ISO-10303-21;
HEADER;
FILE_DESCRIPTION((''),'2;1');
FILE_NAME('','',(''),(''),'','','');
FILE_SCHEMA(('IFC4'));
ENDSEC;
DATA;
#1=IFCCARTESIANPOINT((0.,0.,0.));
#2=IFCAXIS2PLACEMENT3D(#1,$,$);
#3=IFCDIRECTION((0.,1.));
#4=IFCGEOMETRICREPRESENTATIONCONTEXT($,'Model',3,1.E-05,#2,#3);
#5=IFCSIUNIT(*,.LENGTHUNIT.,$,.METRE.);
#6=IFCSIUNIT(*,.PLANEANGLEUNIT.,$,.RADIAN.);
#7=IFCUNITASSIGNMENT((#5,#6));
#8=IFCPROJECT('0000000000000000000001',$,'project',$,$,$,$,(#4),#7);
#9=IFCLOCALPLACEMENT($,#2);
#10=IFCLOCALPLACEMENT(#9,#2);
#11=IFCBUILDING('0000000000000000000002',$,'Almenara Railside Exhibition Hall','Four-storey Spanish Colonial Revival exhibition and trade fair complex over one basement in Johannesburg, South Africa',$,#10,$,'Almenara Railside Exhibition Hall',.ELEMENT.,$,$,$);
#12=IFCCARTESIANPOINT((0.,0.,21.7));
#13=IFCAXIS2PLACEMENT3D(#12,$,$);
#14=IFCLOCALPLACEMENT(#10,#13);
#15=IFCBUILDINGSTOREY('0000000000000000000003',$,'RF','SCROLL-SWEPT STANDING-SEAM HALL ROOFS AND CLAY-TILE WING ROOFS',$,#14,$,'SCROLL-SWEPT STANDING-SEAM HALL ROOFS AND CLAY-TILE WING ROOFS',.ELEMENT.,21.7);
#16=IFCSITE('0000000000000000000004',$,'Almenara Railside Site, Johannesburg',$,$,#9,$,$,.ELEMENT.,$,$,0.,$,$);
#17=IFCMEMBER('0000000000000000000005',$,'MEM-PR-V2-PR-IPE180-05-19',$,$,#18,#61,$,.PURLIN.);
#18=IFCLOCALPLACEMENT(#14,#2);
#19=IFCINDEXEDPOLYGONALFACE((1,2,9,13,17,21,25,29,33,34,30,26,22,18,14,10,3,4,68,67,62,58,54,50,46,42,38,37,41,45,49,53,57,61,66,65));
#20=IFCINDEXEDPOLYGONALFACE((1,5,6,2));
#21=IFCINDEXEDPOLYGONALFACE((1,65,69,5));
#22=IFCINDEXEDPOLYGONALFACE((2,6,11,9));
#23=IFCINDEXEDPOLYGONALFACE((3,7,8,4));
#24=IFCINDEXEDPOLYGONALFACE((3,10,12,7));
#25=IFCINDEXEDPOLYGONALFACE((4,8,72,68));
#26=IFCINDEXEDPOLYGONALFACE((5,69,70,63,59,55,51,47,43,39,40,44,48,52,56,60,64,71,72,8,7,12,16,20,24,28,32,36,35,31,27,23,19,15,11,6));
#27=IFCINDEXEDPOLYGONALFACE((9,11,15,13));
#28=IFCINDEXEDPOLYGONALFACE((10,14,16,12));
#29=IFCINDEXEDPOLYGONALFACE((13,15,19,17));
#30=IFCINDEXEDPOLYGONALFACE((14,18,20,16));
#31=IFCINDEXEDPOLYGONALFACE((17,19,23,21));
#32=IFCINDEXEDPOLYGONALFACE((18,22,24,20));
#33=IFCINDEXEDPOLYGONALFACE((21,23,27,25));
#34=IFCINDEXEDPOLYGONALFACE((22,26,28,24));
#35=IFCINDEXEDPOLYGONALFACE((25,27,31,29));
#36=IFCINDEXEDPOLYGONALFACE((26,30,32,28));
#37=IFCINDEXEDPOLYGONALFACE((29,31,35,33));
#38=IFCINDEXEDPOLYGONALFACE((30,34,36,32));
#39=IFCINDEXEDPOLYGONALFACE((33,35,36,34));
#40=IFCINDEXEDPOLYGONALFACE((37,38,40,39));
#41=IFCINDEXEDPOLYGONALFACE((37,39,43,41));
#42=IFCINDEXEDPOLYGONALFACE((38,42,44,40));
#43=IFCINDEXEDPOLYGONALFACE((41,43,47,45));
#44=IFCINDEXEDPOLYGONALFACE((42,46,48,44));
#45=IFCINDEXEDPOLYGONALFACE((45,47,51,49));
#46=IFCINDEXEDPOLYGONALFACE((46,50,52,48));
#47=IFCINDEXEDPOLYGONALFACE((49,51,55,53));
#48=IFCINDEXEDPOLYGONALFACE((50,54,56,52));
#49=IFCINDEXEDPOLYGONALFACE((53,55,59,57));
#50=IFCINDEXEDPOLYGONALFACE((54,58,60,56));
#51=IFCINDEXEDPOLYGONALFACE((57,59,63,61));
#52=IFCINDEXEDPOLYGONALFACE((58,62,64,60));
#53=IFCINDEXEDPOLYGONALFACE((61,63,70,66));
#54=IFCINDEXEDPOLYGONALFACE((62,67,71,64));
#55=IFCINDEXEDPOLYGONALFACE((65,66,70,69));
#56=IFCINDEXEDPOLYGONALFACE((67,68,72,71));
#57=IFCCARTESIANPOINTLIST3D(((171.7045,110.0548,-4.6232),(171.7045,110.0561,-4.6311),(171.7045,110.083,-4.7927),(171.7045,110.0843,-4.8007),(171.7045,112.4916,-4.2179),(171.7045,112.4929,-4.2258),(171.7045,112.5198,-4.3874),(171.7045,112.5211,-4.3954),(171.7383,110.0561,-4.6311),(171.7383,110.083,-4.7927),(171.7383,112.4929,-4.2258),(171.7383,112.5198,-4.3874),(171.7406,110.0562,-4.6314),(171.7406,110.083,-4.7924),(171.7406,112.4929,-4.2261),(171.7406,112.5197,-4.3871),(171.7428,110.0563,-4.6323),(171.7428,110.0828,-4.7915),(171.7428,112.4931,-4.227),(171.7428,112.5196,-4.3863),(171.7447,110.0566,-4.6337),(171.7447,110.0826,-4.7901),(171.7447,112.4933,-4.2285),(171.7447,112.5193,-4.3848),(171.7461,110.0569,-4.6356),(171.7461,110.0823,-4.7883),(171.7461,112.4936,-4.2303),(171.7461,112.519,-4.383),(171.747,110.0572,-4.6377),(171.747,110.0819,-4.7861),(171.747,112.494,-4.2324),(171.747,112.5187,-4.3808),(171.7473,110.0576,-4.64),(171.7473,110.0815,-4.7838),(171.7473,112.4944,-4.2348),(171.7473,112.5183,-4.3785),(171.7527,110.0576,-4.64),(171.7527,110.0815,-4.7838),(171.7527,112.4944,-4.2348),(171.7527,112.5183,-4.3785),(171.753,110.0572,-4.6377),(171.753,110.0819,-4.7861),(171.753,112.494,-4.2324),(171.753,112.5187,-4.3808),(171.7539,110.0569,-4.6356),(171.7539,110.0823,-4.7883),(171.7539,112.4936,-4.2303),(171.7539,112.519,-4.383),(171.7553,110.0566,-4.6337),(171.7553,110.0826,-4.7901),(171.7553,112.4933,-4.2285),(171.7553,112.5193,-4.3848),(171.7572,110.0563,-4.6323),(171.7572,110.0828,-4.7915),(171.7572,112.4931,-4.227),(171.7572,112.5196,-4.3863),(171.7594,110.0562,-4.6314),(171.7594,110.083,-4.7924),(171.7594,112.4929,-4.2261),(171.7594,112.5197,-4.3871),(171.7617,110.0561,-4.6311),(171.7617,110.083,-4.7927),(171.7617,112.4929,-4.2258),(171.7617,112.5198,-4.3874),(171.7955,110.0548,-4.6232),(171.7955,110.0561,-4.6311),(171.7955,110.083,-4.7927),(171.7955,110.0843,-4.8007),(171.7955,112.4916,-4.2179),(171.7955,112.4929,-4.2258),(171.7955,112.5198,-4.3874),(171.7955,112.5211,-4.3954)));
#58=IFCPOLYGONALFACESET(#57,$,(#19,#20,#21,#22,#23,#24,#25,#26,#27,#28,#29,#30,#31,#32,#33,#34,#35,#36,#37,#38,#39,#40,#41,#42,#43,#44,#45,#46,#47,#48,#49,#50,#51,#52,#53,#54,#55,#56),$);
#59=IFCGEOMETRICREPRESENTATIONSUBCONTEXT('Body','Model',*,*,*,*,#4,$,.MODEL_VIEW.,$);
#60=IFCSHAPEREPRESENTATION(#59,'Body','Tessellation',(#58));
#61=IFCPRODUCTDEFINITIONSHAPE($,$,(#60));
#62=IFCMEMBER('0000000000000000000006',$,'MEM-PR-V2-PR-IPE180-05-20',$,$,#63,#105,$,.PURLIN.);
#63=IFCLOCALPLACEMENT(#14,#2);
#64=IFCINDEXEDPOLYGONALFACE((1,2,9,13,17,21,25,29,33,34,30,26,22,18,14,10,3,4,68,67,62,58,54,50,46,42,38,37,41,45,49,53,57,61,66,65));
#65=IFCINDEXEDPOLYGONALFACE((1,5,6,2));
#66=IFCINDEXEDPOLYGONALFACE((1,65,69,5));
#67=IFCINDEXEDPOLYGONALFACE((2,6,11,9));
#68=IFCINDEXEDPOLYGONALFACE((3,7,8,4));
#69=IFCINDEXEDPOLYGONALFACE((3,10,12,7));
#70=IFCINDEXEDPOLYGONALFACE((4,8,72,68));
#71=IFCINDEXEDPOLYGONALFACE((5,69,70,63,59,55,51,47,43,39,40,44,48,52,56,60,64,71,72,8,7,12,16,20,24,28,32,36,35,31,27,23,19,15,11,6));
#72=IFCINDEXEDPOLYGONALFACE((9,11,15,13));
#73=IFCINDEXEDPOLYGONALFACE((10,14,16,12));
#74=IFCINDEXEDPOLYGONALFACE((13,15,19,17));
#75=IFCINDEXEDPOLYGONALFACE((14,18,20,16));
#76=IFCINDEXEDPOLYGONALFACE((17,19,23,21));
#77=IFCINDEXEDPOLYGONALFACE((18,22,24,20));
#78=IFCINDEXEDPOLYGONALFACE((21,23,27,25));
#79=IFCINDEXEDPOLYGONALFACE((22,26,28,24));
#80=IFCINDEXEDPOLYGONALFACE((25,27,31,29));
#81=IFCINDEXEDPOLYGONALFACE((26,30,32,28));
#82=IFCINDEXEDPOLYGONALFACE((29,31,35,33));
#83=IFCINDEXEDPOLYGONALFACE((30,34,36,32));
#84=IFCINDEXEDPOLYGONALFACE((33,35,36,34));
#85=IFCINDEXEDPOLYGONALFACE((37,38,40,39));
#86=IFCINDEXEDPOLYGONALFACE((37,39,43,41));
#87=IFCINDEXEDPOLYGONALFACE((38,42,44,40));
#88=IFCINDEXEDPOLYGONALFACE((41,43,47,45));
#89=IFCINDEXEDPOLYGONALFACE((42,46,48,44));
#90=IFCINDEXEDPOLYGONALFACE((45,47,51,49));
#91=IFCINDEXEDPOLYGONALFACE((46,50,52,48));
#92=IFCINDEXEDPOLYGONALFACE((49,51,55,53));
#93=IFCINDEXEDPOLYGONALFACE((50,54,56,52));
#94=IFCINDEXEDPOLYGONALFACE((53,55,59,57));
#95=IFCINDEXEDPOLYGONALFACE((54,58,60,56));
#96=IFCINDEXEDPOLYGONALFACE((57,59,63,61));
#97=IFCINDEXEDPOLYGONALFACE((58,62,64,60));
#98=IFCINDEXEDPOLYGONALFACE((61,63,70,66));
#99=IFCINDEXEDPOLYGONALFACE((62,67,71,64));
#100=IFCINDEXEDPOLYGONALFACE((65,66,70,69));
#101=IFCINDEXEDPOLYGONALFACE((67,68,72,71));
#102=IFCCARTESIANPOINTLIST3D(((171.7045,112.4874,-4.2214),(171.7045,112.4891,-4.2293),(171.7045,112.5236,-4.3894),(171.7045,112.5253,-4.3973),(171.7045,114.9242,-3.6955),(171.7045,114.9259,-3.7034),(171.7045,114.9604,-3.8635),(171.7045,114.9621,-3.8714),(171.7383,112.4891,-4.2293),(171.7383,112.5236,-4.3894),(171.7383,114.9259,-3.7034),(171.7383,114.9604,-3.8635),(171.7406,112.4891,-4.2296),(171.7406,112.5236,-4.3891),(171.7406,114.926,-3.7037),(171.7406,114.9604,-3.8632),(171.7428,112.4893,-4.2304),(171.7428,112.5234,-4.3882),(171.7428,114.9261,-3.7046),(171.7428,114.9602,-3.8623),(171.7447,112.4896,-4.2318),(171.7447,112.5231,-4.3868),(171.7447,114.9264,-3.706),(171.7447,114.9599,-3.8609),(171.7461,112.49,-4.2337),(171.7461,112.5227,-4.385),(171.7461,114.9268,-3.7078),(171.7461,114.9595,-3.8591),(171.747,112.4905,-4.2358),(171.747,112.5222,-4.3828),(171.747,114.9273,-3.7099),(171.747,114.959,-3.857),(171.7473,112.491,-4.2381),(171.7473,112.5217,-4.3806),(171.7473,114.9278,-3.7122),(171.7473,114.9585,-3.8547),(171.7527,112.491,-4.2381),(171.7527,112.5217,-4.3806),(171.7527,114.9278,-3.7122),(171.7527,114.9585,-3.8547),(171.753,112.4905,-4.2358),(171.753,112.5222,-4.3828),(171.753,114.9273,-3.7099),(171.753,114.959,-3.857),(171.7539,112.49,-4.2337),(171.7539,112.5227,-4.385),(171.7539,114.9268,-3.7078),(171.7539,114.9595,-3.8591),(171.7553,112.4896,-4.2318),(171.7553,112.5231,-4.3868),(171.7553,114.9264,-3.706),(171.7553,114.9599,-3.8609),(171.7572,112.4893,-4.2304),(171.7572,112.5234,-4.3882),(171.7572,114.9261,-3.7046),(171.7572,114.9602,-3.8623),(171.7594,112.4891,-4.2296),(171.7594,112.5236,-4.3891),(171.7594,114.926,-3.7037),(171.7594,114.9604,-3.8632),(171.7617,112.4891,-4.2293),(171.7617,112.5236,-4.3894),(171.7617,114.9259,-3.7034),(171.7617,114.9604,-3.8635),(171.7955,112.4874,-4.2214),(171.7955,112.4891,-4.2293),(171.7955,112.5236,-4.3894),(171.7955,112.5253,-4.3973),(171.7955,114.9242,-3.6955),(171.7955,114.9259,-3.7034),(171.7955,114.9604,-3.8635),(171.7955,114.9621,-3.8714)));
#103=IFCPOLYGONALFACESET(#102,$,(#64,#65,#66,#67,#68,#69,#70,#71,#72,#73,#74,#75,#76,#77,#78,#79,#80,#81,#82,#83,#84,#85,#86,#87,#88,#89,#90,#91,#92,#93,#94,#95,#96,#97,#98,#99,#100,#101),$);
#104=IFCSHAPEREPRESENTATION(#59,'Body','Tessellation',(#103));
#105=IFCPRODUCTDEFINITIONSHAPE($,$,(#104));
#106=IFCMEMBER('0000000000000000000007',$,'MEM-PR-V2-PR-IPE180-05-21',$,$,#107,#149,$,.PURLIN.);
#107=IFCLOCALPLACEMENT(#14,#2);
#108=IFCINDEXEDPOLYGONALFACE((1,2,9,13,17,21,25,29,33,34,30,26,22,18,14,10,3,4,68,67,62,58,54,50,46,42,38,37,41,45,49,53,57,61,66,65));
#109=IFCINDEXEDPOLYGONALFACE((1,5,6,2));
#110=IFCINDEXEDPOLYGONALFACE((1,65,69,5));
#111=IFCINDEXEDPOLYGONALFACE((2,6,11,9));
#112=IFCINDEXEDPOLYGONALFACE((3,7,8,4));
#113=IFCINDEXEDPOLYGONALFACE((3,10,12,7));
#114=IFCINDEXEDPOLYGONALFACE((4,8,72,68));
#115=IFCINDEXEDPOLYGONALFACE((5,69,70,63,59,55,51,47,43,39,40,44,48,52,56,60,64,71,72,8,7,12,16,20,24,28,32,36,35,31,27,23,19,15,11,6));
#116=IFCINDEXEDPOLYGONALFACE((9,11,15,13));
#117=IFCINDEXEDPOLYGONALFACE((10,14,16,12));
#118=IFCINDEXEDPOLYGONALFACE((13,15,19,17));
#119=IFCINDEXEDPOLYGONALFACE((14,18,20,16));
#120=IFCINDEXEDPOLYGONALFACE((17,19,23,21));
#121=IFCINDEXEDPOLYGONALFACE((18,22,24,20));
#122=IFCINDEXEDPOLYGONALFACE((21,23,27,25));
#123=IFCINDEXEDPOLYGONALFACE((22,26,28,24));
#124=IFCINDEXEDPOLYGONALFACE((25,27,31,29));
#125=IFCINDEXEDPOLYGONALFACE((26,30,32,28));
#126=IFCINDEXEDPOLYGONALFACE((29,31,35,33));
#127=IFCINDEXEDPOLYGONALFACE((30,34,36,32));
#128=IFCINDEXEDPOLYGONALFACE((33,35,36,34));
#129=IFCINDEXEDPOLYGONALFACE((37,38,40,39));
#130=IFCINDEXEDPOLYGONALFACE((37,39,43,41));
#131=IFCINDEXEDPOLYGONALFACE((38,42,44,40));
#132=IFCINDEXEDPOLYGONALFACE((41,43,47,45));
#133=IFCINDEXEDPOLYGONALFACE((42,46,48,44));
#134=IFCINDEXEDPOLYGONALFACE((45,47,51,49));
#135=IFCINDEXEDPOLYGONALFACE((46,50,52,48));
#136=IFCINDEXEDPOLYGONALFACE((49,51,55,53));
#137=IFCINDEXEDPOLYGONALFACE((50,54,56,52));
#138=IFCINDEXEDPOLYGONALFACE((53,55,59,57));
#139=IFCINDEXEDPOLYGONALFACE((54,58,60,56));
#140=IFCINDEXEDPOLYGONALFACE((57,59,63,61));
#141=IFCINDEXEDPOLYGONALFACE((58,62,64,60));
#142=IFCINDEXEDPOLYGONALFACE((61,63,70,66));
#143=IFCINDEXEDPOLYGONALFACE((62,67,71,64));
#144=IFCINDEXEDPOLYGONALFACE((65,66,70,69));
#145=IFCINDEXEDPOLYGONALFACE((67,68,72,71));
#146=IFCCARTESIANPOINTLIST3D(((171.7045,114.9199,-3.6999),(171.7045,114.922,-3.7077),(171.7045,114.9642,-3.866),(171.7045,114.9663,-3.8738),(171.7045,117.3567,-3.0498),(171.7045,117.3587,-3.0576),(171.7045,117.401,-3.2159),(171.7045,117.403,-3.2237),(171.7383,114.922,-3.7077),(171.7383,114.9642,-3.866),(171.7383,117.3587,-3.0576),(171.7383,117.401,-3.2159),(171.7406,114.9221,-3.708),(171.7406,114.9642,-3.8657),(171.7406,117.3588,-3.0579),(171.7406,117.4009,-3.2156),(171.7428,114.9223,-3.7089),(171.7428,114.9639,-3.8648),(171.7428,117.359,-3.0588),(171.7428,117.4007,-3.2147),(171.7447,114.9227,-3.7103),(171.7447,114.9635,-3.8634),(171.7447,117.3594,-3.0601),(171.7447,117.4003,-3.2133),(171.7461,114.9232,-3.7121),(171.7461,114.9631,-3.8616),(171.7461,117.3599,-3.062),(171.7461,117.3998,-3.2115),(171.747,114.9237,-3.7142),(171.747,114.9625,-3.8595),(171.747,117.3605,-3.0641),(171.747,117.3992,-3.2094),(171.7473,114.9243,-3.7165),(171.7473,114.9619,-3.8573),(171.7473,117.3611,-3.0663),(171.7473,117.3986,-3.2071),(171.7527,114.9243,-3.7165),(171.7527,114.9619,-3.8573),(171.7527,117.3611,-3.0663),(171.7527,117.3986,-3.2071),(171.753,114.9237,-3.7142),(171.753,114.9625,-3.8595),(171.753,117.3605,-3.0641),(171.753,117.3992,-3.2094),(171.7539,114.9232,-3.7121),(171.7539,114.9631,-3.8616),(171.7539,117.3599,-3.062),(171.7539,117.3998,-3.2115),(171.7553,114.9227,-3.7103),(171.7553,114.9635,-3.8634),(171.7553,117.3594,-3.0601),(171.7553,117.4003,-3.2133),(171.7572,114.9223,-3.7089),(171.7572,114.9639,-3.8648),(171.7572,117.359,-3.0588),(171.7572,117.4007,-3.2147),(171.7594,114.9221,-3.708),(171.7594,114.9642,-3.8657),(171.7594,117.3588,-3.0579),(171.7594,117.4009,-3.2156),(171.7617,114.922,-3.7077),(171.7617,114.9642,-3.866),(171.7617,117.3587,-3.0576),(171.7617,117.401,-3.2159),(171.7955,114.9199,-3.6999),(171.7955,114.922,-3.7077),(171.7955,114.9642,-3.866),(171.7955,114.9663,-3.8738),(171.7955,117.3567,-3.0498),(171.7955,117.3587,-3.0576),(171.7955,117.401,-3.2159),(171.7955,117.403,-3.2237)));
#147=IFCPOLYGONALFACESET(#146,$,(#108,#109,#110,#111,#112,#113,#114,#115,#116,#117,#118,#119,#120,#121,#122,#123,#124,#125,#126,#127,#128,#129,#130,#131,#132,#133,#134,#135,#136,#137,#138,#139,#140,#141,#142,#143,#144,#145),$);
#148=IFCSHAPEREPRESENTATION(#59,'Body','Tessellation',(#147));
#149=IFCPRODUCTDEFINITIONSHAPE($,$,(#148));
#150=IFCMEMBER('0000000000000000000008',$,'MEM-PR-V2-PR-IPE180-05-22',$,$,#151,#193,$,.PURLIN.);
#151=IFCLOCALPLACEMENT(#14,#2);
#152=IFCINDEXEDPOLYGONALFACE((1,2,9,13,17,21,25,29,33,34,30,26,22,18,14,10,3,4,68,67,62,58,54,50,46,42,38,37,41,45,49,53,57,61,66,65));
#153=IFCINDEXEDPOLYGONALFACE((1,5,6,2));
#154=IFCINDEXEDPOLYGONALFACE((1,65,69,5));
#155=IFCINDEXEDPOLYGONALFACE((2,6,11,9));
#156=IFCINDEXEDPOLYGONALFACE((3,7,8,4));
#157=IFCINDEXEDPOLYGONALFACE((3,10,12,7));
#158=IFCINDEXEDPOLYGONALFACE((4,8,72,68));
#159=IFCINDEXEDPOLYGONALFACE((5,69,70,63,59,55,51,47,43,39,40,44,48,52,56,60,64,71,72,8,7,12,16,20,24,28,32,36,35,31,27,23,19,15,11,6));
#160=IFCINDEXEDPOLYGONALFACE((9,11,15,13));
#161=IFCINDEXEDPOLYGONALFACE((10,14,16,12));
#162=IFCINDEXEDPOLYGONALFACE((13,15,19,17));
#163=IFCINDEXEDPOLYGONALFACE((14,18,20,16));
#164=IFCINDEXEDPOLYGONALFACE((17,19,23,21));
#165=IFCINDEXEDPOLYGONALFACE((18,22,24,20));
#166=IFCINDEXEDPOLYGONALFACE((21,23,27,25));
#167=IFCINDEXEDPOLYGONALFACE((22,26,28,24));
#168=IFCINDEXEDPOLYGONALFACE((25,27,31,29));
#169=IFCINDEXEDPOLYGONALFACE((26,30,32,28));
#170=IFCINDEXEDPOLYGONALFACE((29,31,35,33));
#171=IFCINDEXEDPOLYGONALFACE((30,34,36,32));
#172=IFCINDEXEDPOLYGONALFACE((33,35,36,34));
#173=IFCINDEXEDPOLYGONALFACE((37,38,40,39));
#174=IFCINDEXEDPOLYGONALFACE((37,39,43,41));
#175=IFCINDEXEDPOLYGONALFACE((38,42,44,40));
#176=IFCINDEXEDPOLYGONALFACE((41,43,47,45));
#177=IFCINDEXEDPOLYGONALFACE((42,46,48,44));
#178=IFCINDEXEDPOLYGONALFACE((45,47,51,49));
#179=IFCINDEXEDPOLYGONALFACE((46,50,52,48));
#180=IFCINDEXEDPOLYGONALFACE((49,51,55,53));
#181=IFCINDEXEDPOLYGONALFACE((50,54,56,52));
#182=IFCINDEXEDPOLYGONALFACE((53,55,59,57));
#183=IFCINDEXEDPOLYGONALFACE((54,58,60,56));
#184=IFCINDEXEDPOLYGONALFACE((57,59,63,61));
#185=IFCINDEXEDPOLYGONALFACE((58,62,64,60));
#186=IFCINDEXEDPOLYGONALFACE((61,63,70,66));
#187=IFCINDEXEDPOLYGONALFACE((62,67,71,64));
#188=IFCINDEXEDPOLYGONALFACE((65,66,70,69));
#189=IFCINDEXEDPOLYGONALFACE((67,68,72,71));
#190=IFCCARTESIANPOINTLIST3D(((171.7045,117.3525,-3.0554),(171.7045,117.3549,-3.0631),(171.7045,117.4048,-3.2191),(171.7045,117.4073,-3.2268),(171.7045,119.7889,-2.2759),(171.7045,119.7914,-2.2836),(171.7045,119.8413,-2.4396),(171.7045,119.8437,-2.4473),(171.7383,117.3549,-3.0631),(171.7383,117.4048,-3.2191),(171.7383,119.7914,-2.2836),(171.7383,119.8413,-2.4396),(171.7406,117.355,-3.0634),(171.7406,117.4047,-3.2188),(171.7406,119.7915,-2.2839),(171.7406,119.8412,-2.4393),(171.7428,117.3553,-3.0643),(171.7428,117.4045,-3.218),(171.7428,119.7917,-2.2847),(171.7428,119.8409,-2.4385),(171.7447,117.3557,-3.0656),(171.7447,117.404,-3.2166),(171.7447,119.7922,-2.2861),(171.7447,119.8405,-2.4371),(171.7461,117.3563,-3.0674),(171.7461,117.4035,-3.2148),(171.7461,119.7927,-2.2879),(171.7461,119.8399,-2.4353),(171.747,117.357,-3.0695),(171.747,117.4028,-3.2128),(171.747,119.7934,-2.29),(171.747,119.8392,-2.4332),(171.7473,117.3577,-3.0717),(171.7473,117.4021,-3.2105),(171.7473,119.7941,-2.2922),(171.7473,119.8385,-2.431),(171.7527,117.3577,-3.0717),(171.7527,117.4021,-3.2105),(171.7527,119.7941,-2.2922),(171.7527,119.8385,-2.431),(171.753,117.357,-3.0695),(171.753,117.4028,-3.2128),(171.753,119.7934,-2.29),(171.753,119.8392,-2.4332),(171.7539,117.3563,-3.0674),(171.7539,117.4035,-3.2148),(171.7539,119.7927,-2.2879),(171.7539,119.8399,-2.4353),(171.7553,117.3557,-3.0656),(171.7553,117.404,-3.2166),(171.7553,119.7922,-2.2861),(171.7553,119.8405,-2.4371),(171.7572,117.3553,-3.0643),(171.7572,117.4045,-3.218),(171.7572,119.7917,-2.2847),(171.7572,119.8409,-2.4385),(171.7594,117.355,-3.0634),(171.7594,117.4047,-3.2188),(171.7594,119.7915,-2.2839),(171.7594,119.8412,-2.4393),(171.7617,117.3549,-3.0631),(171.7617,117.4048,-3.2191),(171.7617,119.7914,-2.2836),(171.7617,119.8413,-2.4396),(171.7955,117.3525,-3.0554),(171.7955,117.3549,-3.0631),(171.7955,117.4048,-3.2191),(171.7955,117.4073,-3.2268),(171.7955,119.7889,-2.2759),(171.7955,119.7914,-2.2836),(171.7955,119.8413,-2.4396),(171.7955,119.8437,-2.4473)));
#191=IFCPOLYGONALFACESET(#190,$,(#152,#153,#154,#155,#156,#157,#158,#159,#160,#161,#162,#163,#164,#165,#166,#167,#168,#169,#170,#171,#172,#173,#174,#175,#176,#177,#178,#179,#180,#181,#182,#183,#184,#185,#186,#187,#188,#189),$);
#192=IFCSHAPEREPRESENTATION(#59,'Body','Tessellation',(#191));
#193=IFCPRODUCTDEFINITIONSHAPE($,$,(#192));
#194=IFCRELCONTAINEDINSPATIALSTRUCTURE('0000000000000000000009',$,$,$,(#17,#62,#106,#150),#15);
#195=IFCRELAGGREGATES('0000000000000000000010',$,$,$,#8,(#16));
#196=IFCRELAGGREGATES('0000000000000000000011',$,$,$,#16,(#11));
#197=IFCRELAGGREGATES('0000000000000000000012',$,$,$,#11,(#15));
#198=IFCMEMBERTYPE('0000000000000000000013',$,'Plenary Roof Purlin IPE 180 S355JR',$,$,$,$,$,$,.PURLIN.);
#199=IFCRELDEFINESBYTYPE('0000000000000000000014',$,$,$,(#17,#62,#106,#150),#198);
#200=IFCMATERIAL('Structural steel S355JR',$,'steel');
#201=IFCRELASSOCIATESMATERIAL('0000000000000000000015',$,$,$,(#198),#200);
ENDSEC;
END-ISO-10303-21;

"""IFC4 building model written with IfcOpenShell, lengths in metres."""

from ifc_helpers import new_model, si_unit, direction, frame, origin, origin_2d, place, context, subcontext, project, spatial, i_section, extrude, material, material_profile, profile_set, type_object, element, save


model = new_model("IFC4")

# Units and contexts
model_context = context("Model", 3, precision=1e-05, world=origin(), true_north=direction((0.0, 1.0)))
body_context = subcontext(model_context, "Body", "Model", "MODEL_VIEW")
ifc_project = project(units=[si_unit("LENGTHUNIT", "METRE"), si_unit("PLANEANGLEUNIT", "RADIAN")], contexts=[model_context])

# Site, building, storey
site_placement = place(None, origin())
site = spatial("IfcSite", under=ifc_project, at=site_placement, Name="Almenara Railside Site, Johannesburg", CompositionType="ELEMENT", RefElevation=0.0)
building_placement = place(site_placement, origin())
building = spatial("IfcBuilding", under=site, at=building_placement, Name="Almenara Railside Exhibition Hall", Description="Four-storey Spanish Colonial Revival exhibition and trade fair complex over one basement in Johannesburg, South Africa", LongName="Almenara Railside Exhibition Hall", CompositionType="ELEMENT")
storey_placement = place(building_placement, frame((0.0, 0.0, 21.7)))
storey = spatial("IfcBuildingStorey", under=building, at=storey_placement, Name="RF", Description="SCROLL-SWEPT STANDING-SEAM HALL ROOFS AND CLAY-TILE WING ROOFS", LongName="SCROLL-SWEPT STANDING-SEAM HALL ROOFS AND CLAY-TILE WING ROOFS", CompositionType="ELEMENT", Elevation=21.7)

# Members
ifc_material_1 = material(Name="Structural steel S355JR", Category="steel")
ifc_material_profile_1 = material_profile(ifc_material_1, i_section(OverallWidth=0.0911, OverallDepth=0.1799, WebThickness=0.0054, FlangeThickness=0.0081, FilletRadius=0.009, at=origin_2d()), Name="IPE 180")
ifc_profile_set_1 = profile_set([ifc_material_profile_1], Name="Structural steel S355JR")
member_type_1 = type_object("IfcMemberType", Name="Plenary Roof Purlin IPE 180 S355JR", PredefinedType="PURLIN", material=ifc_profile_set_1)
member_1_placement = place(storey_placement, frame((171.75, 110.0696, -4.7119), z_axis=(0.0, 0.98645, 0.164062), x_axis=(-1.0, 0.0, 0.0)))
element("IfcMember", 1, at=member_1_placement, inside=storey, type_object=member_type_1, Name="MEM-PR-V2-PR-IPE180-05-19", PredefinedType="PURLIN", context=body_context, shape_type="SweptSolid", body=[
    extrude(i_section(OverallWidth=0.0911, OverallDepth=0.1799, WebThickness=0.0054, FlangeThickness=0.0081, FilletRadius=0.009, at=origin_2d()), origin(), (0.0, 0.0, 1.0), 2.4702),
])
member_2_placement = place(storey_placement, frame((171.75, 112.5063, -4.3093), z_axis=(0.0, 0.977496, 0.210953), x_axis=(-1.0, 0.0, 0.0)))
element("IfcMember", 2, at=member_2_placement, inside=storey, type_object=member_type_1, Name="MEM-PR-V2-PR-IPE180-05-20", PredefinedType="PURLIN", context=body_context, shape_type="SweptSolid", body=[
    extrude(i_section(OverallWidth=0.0911, OverallDepth=0.1799, WebThickness=0.0054, FlangeThickness=0.0081, FilletRadius=0.009, at=origin_2d()), origin(), (0.0, 0.0, 1.0), 2.4929),
])
member_3_placement = place(storey_placement, frame((171.75, 114.9431, -3.7869), z_axis=(0.0, 0.966201, 0.257789), x_axis=(-1.0, 0.0, 0.0)))
element("IfcMember", 3, at=member_3_placement, inside=storey, type_object=member_type_1, Name="MEM-PR-V2-PR-IPE180-05-21", PredefinedType="PURLIN", context=body_context, shape_type="SweptSolid", body=[
    extrude(i_section(OverallWidth=0.0911, OverallDepth=0.1799, WebThickness=0.0054, FlangeThickness=0.0081, FilletRadius=0.009, at=origin_2d()), origin(), (0.0, 0.0, 1.0), 2.522),
])
member_4_placement = place(storey_placement, frame((171.75, 117.3799, -3.1411), z_axis=(0.0, 0.952441, 0.304724), x_axis=(-1.0, 0.0, 0.0)))
element("IfcMember", 4, at=member_4_placement, inside=storey, type_object=member_type_1, Name="MEM-PR-V2-PR-IPE180-05-22", PredefinedType="PURLIN", context=body_context, shape_type="SweptSolid", body=[
    extrude(i_section(OverallWidth=0.0911, OverallDepth=0.1799, WebThickness=0.0054, FlangeThickness=0.0081, FilletRadius=0.009, at=origin_2d()), origin(), (0.0, 0.0, 1.0), 2.5581),
])

save(model, "model.ifc")
